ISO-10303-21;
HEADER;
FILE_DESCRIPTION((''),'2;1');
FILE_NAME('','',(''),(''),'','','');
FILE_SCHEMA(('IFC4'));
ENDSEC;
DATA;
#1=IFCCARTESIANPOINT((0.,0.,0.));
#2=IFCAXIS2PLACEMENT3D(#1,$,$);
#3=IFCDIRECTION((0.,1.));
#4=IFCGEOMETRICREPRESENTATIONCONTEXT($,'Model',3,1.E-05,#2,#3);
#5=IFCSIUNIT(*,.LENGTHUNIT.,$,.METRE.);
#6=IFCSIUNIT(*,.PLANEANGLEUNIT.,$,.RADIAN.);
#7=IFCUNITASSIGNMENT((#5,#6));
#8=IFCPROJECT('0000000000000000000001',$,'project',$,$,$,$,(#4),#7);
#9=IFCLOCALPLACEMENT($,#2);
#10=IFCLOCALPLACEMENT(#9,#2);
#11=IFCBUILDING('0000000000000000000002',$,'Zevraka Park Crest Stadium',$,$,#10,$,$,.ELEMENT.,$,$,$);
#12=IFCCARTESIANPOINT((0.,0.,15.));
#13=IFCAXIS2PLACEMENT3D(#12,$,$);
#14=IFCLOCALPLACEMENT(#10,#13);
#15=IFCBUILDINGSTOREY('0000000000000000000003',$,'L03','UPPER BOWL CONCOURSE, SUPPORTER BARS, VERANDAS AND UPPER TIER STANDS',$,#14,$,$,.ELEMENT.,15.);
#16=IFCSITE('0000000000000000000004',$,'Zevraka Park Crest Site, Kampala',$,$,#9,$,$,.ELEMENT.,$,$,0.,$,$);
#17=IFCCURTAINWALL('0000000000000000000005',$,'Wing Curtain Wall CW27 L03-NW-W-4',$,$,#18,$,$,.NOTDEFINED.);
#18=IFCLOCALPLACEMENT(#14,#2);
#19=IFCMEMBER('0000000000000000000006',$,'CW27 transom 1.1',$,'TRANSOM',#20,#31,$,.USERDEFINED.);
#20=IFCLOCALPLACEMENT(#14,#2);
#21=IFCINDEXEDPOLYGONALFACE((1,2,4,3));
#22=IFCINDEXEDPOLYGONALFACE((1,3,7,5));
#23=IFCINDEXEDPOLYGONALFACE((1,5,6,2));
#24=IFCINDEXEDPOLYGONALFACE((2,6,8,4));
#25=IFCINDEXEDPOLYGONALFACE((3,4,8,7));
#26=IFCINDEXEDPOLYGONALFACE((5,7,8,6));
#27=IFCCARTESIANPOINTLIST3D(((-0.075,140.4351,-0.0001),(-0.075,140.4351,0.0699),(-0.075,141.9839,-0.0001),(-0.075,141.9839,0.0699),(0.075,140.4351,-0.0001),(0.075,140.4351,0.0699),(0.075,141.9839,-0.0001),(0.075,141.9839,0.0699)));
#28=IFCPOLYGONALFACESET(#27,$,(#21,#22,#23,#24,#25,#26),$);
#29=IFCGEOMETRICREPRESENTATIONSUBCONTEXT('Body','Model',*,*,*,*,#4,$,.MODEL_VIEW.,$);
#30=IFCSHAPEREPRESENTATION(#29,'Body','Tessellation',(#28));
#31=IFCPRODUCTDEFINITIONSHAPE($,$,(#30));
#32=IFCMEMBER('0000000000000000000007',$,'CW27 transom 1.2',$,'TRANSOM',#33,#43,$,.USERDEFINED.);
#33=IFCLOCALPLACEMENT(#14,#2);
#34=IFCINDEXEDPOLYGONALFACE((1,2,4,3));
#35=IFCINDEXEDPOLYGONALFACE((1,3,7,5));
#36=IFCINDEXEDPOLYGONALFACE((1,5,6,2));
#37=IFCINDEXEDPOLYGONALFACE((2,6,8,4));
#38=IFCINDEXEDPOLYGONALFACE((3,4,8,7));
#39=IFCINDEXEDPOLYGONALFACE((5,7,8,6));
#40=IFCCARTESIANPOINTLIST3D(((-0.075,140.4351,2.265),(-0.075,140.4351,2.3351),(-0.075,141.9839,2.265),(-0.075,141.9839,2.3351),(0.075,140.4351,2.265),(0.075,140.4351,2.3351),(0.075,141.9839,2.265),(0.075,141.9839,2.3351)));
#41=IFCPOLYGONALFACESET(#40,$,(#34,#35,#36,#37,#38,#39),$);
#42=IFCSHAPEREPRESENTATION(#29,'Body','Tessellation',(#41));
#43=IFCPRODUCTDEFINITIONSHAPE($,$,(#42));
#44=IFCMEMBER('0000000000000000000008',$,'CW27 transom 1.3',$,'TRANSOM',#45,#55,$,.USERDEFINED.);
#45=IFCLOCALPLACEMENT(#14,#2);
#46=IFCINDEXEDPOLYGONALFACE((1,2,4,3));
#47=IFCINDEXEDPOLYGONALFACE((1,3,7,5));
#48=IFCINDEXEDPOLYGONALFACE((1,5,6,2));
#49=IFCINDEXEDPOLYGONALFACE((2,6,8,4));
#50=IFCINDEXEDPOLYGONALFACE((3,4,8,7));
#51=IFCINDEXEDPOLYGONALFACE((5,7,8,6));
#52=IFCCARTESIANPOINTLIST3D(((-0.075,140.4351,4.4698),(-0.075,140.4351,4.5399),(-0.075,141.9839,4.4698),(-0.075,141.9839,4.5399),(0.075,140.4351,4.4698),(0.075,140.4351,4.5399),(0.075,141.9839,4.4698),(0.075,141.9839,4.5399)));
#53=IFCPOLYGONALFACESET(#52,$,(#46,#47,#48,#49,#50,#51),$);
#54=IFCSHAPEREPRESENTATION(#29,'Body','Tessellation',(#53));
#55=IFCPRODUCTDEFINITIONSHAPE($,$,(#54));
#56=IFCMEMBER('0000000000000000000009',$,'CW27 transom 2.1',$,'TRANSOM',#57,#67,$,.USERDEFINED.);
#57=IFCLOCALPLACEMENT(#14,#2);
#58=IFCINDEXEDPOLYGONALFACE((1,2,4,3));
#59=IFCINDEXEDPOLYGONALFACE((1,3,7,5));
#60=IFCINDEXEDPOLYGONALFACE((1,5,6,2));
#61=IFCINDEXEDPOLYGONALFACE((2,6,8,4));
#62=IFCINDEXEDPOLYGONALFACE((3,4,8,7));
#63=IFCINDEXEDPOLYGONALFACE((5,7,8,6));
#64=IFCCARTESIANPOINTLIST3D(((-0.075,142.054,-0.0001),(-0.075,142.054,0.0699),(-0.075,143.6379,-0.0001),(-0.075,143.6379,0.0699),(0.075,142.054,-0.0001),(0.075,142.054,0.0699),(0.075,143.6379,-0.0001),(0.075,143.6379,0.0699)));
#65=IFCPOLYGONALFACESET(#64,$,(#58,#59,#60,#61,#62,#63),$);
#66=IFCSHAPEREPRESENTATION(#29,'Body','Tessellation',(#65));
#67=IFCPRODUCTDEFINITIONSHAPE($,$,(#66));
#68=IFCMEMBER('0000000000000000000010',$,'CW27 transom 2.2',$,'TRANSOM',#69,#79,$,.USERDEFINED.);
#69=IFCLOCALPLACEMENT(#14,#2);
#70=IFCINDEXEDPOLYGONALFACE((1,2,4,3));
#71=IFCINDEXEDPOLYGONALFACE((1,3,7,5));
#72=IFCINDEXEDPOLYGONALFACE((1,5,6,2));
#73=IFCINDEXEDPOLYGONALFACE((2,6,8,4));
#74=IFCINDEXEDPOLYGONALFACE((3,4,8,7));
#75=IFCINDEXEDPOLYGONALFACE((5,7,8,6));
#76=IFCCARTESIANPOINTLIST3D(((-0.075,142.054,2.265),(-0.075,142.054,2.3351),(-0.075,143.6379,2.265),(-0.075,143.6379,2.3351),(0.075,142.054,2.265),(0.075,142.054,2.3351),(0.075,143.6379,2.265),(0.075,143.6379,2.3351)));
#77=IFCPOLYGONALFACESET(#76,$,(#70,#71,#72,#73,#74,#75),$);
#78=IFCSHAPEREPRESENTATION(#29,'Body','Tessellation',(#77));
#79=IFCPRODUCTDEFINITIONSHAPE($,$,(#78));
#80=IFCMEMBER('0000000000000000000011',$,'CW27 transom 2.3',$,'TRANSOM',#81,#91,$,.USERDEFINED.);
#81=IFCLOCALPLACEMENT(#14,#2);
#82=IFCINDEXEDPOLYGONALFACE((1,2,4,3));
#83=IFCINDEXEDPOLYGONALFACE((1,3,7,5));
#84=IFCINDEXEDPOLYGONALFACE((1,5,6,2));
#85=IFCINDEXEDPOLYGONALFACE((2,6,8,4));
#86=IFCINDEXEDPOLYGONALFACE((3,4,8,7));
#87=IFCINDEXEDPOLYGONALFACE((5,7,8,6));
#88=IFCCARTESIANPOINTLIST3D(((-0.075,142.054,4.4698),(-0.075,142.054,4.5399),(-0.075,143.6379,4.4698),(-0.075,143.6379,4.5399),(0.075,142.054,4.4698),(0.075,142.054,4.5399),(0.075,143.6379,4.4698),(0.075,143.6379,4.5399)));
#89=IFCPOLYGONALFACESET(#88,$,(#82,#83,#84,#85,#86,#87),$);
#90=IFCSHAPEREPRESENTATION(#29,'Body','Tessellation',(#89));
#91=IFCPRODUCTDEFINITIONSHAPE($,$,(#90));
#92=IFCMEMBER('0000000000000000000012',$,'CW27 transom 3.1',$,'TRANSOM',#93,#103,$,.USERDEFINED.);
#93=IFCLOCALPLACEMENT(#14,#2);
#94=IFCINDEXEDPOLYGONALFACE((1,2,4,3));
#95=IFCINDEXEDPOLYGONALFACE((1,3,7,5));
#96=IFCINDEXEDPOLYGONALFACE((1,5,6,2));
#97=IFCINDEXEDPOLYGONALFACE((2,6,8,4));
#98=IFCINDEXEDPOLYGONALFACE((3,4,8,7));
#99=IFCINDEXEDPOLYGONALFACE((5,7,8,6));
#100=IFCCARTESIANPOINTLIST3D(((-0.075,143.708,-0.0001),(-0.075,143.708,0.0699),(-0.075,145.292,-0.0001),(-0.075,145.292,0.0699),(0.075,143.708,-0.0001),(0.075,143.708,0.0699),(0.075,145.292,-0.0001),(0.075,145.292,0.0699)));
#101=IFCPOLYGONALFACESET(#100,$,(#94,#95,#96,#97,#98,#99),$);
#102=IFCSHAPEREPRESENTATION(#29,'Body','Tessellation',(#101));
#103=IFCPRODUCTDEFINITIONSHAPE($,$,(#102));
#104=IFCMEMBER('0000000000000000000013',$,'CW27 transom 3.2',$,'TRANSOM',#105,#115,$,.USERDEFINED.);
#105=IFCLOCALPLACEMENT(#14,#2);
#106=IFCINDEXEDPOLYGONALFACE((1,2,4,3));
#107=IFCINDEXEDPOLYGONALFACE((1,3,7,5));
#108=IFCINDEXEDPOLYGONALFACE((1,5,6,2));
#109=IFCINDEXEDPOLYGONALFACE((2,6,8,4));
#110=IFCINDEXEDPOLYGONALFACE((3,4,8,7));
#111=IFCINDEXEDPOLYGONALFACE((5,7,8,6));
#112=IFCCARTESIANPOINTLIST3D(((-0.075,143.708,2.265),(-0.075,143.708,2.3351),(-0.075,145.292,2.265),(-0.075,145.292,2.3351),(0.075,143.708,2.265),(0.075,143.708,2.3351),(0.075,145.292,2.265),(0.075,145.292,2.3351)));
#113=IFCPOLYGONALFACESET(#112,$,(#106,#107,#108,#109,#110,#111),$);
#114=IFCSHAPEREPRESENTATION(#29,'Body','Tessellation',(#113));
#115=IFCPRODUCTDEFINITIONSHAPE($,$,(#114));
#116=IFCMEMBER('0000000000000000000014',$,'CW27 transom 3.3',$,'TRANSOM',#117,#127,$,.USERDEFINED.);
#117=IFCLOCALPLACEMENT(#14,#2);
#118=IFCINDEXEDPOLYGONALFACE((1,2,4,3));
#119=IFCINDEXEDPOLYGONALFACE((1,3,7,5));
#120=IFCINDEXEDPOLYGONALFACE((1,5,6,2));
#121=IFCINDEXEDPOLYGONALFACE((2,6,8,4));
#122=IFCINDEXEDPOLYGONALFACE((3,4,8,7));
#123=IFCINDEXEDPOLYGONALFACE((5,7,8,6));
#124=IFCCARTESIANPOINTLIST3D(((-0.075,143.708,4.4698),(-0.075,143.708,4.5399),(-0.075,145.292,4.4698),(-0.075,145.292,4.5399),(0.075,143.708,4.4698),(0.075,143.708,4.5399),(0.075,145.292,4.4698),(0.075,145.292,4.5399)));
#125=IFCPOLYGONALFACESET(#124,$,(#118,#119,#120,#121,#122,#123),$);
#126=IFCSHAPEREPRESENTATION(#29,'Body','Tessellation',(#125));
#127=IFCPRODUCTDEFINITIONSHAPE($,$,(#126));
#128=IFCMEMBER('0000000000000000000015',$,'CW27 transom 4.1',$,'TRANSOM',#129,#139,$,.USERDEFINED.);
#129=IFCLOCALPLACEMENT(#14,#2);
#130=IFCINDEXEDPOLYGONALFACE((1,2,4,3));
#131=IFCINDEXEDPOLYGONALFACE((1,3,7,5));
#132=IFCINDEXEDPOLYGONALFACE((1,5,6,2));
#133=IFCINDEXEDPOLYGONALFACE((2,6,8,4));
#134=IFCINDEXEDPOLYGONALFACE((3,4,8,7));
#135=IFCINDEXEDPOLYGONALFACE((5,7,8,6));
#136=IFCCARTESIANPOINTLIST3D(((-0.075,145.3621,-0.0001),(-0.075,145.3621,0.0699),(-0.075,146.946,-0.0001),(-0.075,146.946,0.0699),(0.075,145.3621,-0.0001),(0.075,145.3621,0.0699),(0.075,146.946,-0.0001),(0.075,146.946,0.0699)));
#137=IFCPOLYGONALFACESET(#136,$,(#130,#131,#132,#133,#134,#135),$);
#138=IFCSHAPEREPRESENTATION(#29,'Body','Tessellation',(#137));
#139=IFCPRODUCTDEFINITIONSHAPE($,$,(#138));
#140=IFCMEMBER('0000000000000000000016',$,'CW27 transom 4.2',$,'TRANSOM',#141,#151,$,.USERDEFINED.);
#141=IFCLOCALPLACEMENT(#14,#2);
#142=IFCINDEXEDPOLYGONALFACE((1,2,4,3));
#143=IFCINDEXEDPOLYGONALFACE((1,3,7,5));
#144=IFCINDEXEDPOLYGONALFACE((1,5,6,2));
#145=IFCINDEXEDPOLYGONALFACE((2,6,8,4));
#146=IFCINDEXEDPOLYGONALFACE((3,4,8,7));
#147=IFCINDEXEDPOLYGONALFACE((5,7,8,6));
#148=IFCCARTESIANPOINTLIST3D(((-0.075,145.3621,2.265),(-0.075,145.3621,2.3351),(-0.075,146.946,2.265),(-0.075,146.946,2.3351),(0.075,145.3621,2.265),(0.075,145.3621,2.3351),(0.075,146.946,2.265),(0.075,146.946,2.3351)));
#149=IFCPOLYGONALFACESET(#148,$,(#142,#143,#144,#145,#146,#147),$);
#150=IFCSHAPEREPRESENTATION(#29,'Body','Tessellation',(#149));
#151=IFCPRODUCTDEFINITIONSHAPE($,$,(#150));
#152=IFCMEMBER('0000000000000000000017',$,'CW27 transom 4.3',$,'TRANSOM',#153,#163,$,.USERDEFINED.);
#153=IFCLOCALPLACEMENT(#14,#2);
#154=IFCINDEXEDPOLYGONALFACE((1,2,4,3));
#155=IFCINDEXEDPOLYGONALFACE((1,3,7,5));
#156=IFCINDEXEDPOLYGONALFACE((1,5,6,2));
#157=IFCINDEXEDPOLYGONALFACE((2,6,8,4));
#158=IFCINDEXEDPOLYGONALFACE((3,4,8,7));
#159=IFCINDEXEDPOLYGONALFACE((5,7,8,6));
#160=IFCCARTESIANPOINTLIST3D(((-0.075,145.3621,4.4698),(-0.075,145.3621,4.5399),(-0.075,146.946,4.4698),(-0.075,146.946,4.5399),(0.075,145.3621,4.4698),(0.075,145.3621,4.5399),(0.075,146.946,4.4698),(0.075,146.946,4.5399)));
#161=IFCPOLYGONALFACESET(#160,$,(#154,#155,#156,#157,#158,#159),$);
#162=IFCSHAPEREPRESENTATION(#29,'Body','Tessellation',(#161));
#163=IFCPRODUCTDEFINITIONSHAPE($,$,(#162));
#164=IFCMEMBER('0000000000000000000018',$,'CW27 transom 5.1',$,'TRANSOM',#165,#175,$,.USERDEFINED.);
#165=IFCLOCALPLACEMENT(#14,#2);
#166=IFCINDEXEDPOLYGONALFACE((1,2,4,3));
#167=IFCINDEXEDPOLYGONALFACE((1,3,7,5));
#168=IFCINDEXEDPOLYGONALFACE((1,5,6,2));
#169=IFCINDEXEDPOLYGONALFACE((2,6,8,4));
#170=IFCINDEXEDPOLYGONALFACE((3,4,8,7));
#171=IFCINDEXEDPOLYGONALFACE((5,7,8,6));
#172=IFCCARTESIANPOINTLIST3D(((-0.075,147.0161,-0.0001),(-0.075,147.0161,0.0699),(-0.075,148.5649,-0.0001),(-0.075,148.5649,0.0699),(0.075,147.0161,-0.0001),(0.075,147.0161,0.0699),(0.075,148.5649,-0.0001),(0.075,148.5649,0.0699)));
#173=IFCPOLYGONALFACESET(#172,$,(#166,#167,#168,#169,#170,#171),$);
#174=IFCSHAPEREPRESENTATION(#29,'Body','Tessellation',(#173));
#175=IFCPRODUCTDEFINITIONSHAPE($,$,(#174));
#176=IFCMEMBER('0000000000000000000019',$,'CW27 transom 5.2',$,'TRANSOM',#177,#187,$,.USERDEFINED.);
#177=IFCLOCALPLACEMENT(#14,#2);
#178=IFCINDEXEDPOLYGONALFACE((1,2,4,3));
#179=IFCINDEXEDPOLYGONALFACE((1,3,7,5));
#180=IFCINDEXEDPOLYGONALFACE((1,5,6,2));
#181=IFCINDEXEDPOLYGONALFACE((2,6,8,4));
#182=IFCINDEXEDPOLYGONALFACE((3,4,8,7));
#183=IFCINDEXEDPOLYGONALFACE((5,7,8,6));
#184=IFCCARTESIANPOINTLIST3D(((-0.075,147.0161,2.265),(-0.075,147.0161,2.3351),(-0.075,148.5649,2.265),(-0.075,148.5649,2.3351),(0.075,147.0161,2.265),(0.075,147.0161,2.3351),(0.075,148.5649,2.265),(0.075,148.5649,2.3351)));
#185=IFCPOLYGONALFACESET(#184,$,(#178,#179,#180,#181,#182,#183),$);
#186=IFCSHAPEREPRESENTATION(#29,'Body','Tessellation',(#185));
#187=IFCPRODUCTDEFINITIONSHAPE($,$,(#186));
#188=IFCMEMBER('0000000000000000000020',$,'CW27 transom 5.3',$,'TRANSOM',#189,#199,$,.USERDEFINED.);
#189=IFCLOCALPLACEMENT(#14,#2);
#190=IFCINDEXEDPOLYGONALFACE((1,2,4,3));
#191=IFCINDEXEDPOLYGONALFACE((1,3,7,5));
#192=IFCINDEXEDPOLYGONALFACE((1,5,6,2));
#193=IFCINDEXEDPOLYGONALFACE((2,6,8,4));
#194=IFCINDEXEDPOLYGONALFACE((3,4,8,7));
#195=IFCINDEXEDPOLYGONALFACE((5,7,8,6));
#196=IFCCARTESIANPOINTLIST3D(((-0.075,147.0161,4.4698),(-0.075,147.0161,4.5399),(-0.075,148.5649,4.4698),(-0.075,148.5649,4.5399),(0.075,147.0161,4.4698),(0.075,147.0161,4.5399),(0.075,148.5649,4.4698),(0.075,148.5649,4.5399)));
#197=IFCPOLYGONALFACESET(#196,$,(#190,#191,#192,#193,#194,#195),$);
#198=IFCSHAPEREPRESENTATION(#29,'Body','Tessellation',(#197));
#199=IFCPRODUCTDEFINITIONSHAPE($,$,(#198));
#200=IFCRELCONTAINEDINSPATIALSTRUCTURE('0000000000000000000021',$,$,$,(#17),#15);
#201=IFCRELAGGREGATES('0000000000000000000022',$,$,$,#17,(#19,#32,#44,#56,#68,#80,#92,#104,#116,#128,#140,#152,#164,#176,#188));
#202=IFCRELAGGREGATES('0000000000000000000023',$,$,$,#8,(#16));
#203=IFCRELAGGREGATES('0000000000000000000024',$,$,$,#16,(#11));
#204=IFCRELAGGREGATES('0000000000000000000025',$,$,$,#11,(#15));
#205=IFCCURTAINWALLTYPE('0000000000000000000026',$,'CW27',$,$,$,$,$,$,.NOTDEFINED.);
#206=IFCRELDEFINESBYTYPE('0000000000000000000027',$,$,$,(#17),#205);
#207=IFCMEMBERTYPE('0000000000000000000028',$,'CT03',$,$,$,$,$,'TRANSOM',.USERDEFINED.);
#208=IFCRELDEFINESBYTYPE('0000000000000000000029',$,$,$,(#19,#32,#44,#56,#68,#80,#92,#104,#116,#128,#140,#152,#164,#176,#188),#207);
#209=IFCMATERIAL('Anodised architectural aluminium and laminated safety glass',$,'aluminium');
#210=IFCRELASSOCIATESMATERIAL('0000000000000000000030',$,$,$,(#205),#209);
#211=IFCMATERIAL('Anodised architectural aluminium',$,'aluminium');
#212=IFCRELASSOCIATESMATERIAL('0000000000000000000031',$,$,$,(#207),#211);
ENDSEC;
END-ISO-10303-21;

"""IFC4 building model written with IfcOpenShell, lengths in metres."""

from ifc_helpers import new_model, si_unit, direction, frame, origin, origin_2d, place, context, subcontext, project, spatial, rectangle, extrude, material, material_profile, profile_set, type_object, element, aggregate, save


model = new_model("IFC4")

# Units and contexts
model_context = context("Model", 3, precision=1e-05, world=origin(), true_north=direction((0.0, 1.0)))
body_context = subcontext(model_context, "Body", "Model", "MODEL_VIEW")
ifc_project = project(units=[si_unit("LENGTHUNIT", "METRE"), si_unit("PLANEANGLEUNIT", "RADIAN")], contexts=[model_context])

# Site, building, storey
site_placement = place(None, origin())
site = spatial("IfcSite", under=ifc_project, at=site_placement, Name="Zevraka Park Crest Site, Kampala", CompositionType="ELEMENT", RefElevation=0.0)
building_placement = place(site_placement, origin())
building = spatial("IfcBuilding", under=site, at=building_placement, Name="Zevraka Park Crest Stadium", CompositionType="ELEMENT")
storey_placement = place(building_placement, frame((0.0, 0.0, 15.0)))
storey = spatial("IfcBuildingStorey", under=building, at=storey_placement, Name="L03", Description="UPPER BOWL CONCOURSE, SUPPORTER BARS, VERANDAS AND UPPER TIER STANDS", CompositionType="ELEMENT", Elevation=15.0)

# Curtain wall, members
ifc_material_1 = material(Name="Anodised architectural aluminium and laminated safety glass", Category="aluminium")
curtain_wall_type = type_object("IfcCurtainWallType", Name="CW27", PredefinedType="NOTDEFINED", material=ifc_material_1)
curtain_wall_placement = place(storey_placement, origin())
curtain_wall = element("IfcCurtainWall", 1, at=curtain_wall_placement, inside=storey, type_object=curtain_wall_type, Name="Wing Curtain Wall CW27 L03-NW-W-4", PredefinedType="NOTDEFINED")
ifc_material_2 = material(Name="Anodised architectural aluminium", Category="aluminium")
ifc_material_profile_1 = material_profile(ifc_material_2, rectangle(XDim=0.1499, YDim=0.0701, at=origin_2d()), Name="ALU TRANSOM 150x70")
ifc_profile_set_1 = profile_set([ifc_material_profile_1], Name="Anodised architectural aluminium")
member_type_1 = type_object("IfcMemberType", Name="CT03", ElementType="TRANSOM", PredefinedType="USERDEFINED", material=ifc_profile_set_1)
member_1_placement = place(storey_placement, frame((0.0, 140.4351, 0.0349), z_axis=(0.0, 1.0, 0.0), x_axis=(-1.0, 0.0, 0.0)))
member_1 = element("IfcMember", 2, at=member_1_placement, type_object=member_type_1, Name="CW27 transom 1.1", ObjectType="TRANSOM", PredefinedType="USERDEFINED", context=body_context, shape_type="SweptSolid", body=[
    extrude(rectangle(XDim=0.1499, YDim=0.0701, at=origin_2d()), origin(), (0.0, 0.0, 1.0), 1.5488),
])
member_2_placement = place(storey_placement, frame((0.0, 140.4351, 2.3), z_axis=(0.0, 1.0, 0.0), x_axis=(-1.0, 0.0, 0.0)))
member_2 = element("IfcMember", 3, at=member_2_placement, type_object=member_type_1, Name="CW27 transom 1.2", ObjectType="TRANSOM", PredefinedType="USERDEFINED", context=body_context, shape_type="SweptSolid", body=[
    extrude(rectangle(XDim=0.1499, YDim=0.0701, at=origin_2d()), origin(), (0.0, 0.0, 1.0), 1.5488),
])
member_3_placement = place(storey_placement, frame((0.0, 140.4351, 4.5049), z_axis=(0.0, 1.0, 0.0), x_axis=(-1.0, 0.0, 0.0)))
member_3 = element("IfcMember", 4, at=member_3_placement, type_object=member_type_1, Name="CW27 transom 1.3", ObjectType="TRANSOM", PredefinedType="USERDEFINED", context=body_context, shape_type="SweptSolid", body=[
    extrude(rectangle(XDim=0.1499, YDim=0.0701, at=origin_2d()), origin(), (0.0, 0.0, 1.0), 1.5488),
])
member_4_placement = place(storey_placement, frame((0.0, 142.054, 0.0349), z_axis=(0.0, 1.0, 0.0), x_axis=(-1.0, 0.0, 0.0)))
member_4 = element("IfcMember", 5, at=member_4_placement, type_object=member_type_1, Name="CW27 transom 2.1", ObjectType="TRANSOM", PredefinedType="USERDEFINED", context=body_context, shape_type="SweptSolid", body=[
    extrude(rectangle(XDim=0.1499, YDim=0.0701, at=origin_2d()), origin(), (0.0, 0.0, 1.0), 1.584),
])
member_5_placement = place(storey_placement, frame((0.0, 142.054, 2.3), z_axis=(0.0, 1.0, 0.0), x_axis=(-1.0, 0.0, 0.0)))
member_5 = element("IfcMember", 6, at=member_5_placement, type_object=member_type_1, Name="CW27 transom 2.2", ObjectType="TRANSOM", PredefinedType="USERDEFINED", context=body_context, shape_type="SweptSolid", body=[
    extrude(rectangle(XDim=0.1499, YDim=0.0701, at=origin_2d()), origin(), (0.0, 0.0, 1.0), 1.584),
])
member_6_placement = place(storey_placement, frame((0.0, 142.054, 4.5049), z_axis=(0.0, 1.0, 0.0), x_axis=(-1.0, 0.0, 0.0)))
member_6 = element("IfcMember", 7, at=member_6_placement, type_object=member_type_1, Name="CW27 transom 2.3", ObjectType="TRANSOM", PredefinedType="USERDEFINED", context=body_context, shape_type="SweptSolid", body=[
    extrude(rectangle(XDim=0.1499, YDim=0.0701, at=origin_2d()), origin(), (0.0, 0.0, 1.0), 1.584),
])
member_7_placement = place(storey_placement, frame((0.0, 143.708, 0.0349), z_axis=(0.0, 1.0, 0.0), x_axis=(-1.0, 0.0, 0.0)))
member_7 = element("IfcMember", 8, at=member_7_placement, type_object=member_type_1, Name="CW27 transom 3.1", ObjectType="TRANSOM", PredefinedType="USERDEFINED", context=body_context, shape_type="SweptSolid", body=[
    extrude(rectangle(XDim=0.1499, YDim=0.0701, at=origin_2d()), origin(), (0.0, 0.0, 1.0), 1.584),
])
member_8_placement = place(storey_placement, frame((0.0, 143.708, 2.3), z_axis=(0.0, 1.0, 0.0), x_axis=(-1.0, 0.0, 0.0)))
member_8 = element("IfcMember", 9, at=member_8_placement, type_object=member_type_1, Name="CW27 transom 3.2", ObjectType="TRANSOM", PredefinedType="USERDEFINED", context=body_context, shape_type="SweptSolid", body=[
    extrude(rectangle(XDim=0.1499, YDim=0.0701, at=origin_2d()), origin(), (0.0, 0.0, 1.0), 1.584),
])
member_9_placement = place(storey_placement, frame((0.0, 143.708, 4.5049), z_axis=(0.0, 1.0, 0.0), x_axis=(-1.0, 0.0, 0.0)))
member_9 = element("IfcMember", 10, at=member_9_placement, type_object=member_type_1, Name="CW27 transom 3.3", ObjectType="TRANSOM", PredefinedType="USERDEFINED", context=body_context, shape_type="SweptSolid", body=[
    extrude(rectangle(XDim=0.1499, YDim=0.0701, at=origin_2d()), origin(), (0.0, 0.0, 1.0), 1.584),
])
member_10_placement = place(storey_placement, frame((0.0, 145.3621, 0.0349), z_axis=(0.0, 1.0, 0.0), x_axis=(-1.0, 0.0, 0.0)))
member_10 = element("IfcMember", 11, at=member_10_placement, type_object=member_type_1, Name="CW27 transom 4.1", ObjectType="TRANSOM", PredefinedType="USERDEFINED", context=body_context, shape_type="SweptSolid", body=[
    extrude(rectangle(XDim=0.1499, YDim=0.0701, at=origin_2d()), origin(), (0.0, 0.0, 1.0), 1.584),
])
member_11_placement = place(storey_placement, frame((0.0, 145.3621, 2.3), z_axis=(0.0, 1.0, 0.0), x_axis=(-1.0, 0.0, 0.0)))
member_11 = element("IfcMember", 12, at=member_11_placement, type_object=member_type_1, Name="CW27 transom 4.2", ObjectType="TRANSOM", PredefinedType="USERDEFINED", context=body_context, shape_type="SweptSolid", body=[
    extrude(rectangle(XDim=0.1499, YDim=0.0701, at=origin_2d()), origin(), (0.0, 0.0, 1.0), 1.584),
])
member_12_placement = place(storey_placement, frame((0.0, 145.3621, 4.5049), z_axis=(0.0, 1.0, 0.0), x_axis=(-1.0, 0.0, 0.0)))
member_12 = element("IfcMember", 13, at=member_12_placement, type_object=member_type_1, Name="CW27 transom 4.3", ObjectType="TRANSOM", PredefinedType="USERDEFINED", context=body_context, shape_type="SweptSolid", body=[
    extrude(rectangle(XDim=0.1499, YDim=0.0701, at=origin_2d()), origin(), (0.0, 0.0, 1.0), 1.584),
])
member_13_placement = place(storey_placement, frame((0.0, 147.0161, 0.0349), z_axis=(0.0, 1.0, 0.0), x_axis=(-1.0, 0.0, 0.0)))
member_13 = element("IfcMember", 14, at=member_13_placement, type_object=member_type_1, Name="CW27 transom 5.1", ObjectType="TRANSOM", PredefinedType="USERDEFINED", context=body_context, shape_type="SweptSolid", body=[
    extrude(rectangle(XDim=0.1499, YDim=0.0701, at=origin_2d()), origin(), (0.0, 0.0, 1.0), 1.5488),
])
member_14_placement = place(storey_placement, frame((0.0, 147.0161, 2.3), z_axis=(0.0, 1.0, 0.0), x_axis=(-1.0, 0.0, 0.0)))
member_14 = element("IfcMember", 15, at=member_14_placement, type_object=member_type_1, Name="CW27 transom 5.2", ObjectType="TRANSOM", PredefinedType="USERDEFINED", context=body_context, shape_type="SweptSolid", body=[
    extrude(rectangle(XDim=0.1499, YDim=0.0701, at=origin_2d()), origin(), (0.0, 0.0, 1.0), 1.5488),
])
member_15_placement = place(storey_placement, frame((0.0, 147.0161, 4.5049), z_axis=(0.0, 1.0, 0.0), x_axis=(-1.0, 0.0, 0.0)))
member_15 = element("IfcMember", 16, at=member_15_placement, type_object=member_type_1, Name="CW27 transom 5.3", ObjectType="TRANSOM", PredefinedType="USERDEFINED", context=body_context, shape_type="SweptSolid", body=[
    extrude(rectangle(XDim=0.1499, YDim=0.0701, at=origin_2d()), origin(), (0.0, 0.0, 1.0), 1.5488),
])
aggregate(curtain_wall, [member_1, member_2, member_3, member_4, member_5, member_6, member_7, member_8, member_9, member_10, member_11, member_12, member_13, member_14, member_15])

save(model, "model.ifc")
